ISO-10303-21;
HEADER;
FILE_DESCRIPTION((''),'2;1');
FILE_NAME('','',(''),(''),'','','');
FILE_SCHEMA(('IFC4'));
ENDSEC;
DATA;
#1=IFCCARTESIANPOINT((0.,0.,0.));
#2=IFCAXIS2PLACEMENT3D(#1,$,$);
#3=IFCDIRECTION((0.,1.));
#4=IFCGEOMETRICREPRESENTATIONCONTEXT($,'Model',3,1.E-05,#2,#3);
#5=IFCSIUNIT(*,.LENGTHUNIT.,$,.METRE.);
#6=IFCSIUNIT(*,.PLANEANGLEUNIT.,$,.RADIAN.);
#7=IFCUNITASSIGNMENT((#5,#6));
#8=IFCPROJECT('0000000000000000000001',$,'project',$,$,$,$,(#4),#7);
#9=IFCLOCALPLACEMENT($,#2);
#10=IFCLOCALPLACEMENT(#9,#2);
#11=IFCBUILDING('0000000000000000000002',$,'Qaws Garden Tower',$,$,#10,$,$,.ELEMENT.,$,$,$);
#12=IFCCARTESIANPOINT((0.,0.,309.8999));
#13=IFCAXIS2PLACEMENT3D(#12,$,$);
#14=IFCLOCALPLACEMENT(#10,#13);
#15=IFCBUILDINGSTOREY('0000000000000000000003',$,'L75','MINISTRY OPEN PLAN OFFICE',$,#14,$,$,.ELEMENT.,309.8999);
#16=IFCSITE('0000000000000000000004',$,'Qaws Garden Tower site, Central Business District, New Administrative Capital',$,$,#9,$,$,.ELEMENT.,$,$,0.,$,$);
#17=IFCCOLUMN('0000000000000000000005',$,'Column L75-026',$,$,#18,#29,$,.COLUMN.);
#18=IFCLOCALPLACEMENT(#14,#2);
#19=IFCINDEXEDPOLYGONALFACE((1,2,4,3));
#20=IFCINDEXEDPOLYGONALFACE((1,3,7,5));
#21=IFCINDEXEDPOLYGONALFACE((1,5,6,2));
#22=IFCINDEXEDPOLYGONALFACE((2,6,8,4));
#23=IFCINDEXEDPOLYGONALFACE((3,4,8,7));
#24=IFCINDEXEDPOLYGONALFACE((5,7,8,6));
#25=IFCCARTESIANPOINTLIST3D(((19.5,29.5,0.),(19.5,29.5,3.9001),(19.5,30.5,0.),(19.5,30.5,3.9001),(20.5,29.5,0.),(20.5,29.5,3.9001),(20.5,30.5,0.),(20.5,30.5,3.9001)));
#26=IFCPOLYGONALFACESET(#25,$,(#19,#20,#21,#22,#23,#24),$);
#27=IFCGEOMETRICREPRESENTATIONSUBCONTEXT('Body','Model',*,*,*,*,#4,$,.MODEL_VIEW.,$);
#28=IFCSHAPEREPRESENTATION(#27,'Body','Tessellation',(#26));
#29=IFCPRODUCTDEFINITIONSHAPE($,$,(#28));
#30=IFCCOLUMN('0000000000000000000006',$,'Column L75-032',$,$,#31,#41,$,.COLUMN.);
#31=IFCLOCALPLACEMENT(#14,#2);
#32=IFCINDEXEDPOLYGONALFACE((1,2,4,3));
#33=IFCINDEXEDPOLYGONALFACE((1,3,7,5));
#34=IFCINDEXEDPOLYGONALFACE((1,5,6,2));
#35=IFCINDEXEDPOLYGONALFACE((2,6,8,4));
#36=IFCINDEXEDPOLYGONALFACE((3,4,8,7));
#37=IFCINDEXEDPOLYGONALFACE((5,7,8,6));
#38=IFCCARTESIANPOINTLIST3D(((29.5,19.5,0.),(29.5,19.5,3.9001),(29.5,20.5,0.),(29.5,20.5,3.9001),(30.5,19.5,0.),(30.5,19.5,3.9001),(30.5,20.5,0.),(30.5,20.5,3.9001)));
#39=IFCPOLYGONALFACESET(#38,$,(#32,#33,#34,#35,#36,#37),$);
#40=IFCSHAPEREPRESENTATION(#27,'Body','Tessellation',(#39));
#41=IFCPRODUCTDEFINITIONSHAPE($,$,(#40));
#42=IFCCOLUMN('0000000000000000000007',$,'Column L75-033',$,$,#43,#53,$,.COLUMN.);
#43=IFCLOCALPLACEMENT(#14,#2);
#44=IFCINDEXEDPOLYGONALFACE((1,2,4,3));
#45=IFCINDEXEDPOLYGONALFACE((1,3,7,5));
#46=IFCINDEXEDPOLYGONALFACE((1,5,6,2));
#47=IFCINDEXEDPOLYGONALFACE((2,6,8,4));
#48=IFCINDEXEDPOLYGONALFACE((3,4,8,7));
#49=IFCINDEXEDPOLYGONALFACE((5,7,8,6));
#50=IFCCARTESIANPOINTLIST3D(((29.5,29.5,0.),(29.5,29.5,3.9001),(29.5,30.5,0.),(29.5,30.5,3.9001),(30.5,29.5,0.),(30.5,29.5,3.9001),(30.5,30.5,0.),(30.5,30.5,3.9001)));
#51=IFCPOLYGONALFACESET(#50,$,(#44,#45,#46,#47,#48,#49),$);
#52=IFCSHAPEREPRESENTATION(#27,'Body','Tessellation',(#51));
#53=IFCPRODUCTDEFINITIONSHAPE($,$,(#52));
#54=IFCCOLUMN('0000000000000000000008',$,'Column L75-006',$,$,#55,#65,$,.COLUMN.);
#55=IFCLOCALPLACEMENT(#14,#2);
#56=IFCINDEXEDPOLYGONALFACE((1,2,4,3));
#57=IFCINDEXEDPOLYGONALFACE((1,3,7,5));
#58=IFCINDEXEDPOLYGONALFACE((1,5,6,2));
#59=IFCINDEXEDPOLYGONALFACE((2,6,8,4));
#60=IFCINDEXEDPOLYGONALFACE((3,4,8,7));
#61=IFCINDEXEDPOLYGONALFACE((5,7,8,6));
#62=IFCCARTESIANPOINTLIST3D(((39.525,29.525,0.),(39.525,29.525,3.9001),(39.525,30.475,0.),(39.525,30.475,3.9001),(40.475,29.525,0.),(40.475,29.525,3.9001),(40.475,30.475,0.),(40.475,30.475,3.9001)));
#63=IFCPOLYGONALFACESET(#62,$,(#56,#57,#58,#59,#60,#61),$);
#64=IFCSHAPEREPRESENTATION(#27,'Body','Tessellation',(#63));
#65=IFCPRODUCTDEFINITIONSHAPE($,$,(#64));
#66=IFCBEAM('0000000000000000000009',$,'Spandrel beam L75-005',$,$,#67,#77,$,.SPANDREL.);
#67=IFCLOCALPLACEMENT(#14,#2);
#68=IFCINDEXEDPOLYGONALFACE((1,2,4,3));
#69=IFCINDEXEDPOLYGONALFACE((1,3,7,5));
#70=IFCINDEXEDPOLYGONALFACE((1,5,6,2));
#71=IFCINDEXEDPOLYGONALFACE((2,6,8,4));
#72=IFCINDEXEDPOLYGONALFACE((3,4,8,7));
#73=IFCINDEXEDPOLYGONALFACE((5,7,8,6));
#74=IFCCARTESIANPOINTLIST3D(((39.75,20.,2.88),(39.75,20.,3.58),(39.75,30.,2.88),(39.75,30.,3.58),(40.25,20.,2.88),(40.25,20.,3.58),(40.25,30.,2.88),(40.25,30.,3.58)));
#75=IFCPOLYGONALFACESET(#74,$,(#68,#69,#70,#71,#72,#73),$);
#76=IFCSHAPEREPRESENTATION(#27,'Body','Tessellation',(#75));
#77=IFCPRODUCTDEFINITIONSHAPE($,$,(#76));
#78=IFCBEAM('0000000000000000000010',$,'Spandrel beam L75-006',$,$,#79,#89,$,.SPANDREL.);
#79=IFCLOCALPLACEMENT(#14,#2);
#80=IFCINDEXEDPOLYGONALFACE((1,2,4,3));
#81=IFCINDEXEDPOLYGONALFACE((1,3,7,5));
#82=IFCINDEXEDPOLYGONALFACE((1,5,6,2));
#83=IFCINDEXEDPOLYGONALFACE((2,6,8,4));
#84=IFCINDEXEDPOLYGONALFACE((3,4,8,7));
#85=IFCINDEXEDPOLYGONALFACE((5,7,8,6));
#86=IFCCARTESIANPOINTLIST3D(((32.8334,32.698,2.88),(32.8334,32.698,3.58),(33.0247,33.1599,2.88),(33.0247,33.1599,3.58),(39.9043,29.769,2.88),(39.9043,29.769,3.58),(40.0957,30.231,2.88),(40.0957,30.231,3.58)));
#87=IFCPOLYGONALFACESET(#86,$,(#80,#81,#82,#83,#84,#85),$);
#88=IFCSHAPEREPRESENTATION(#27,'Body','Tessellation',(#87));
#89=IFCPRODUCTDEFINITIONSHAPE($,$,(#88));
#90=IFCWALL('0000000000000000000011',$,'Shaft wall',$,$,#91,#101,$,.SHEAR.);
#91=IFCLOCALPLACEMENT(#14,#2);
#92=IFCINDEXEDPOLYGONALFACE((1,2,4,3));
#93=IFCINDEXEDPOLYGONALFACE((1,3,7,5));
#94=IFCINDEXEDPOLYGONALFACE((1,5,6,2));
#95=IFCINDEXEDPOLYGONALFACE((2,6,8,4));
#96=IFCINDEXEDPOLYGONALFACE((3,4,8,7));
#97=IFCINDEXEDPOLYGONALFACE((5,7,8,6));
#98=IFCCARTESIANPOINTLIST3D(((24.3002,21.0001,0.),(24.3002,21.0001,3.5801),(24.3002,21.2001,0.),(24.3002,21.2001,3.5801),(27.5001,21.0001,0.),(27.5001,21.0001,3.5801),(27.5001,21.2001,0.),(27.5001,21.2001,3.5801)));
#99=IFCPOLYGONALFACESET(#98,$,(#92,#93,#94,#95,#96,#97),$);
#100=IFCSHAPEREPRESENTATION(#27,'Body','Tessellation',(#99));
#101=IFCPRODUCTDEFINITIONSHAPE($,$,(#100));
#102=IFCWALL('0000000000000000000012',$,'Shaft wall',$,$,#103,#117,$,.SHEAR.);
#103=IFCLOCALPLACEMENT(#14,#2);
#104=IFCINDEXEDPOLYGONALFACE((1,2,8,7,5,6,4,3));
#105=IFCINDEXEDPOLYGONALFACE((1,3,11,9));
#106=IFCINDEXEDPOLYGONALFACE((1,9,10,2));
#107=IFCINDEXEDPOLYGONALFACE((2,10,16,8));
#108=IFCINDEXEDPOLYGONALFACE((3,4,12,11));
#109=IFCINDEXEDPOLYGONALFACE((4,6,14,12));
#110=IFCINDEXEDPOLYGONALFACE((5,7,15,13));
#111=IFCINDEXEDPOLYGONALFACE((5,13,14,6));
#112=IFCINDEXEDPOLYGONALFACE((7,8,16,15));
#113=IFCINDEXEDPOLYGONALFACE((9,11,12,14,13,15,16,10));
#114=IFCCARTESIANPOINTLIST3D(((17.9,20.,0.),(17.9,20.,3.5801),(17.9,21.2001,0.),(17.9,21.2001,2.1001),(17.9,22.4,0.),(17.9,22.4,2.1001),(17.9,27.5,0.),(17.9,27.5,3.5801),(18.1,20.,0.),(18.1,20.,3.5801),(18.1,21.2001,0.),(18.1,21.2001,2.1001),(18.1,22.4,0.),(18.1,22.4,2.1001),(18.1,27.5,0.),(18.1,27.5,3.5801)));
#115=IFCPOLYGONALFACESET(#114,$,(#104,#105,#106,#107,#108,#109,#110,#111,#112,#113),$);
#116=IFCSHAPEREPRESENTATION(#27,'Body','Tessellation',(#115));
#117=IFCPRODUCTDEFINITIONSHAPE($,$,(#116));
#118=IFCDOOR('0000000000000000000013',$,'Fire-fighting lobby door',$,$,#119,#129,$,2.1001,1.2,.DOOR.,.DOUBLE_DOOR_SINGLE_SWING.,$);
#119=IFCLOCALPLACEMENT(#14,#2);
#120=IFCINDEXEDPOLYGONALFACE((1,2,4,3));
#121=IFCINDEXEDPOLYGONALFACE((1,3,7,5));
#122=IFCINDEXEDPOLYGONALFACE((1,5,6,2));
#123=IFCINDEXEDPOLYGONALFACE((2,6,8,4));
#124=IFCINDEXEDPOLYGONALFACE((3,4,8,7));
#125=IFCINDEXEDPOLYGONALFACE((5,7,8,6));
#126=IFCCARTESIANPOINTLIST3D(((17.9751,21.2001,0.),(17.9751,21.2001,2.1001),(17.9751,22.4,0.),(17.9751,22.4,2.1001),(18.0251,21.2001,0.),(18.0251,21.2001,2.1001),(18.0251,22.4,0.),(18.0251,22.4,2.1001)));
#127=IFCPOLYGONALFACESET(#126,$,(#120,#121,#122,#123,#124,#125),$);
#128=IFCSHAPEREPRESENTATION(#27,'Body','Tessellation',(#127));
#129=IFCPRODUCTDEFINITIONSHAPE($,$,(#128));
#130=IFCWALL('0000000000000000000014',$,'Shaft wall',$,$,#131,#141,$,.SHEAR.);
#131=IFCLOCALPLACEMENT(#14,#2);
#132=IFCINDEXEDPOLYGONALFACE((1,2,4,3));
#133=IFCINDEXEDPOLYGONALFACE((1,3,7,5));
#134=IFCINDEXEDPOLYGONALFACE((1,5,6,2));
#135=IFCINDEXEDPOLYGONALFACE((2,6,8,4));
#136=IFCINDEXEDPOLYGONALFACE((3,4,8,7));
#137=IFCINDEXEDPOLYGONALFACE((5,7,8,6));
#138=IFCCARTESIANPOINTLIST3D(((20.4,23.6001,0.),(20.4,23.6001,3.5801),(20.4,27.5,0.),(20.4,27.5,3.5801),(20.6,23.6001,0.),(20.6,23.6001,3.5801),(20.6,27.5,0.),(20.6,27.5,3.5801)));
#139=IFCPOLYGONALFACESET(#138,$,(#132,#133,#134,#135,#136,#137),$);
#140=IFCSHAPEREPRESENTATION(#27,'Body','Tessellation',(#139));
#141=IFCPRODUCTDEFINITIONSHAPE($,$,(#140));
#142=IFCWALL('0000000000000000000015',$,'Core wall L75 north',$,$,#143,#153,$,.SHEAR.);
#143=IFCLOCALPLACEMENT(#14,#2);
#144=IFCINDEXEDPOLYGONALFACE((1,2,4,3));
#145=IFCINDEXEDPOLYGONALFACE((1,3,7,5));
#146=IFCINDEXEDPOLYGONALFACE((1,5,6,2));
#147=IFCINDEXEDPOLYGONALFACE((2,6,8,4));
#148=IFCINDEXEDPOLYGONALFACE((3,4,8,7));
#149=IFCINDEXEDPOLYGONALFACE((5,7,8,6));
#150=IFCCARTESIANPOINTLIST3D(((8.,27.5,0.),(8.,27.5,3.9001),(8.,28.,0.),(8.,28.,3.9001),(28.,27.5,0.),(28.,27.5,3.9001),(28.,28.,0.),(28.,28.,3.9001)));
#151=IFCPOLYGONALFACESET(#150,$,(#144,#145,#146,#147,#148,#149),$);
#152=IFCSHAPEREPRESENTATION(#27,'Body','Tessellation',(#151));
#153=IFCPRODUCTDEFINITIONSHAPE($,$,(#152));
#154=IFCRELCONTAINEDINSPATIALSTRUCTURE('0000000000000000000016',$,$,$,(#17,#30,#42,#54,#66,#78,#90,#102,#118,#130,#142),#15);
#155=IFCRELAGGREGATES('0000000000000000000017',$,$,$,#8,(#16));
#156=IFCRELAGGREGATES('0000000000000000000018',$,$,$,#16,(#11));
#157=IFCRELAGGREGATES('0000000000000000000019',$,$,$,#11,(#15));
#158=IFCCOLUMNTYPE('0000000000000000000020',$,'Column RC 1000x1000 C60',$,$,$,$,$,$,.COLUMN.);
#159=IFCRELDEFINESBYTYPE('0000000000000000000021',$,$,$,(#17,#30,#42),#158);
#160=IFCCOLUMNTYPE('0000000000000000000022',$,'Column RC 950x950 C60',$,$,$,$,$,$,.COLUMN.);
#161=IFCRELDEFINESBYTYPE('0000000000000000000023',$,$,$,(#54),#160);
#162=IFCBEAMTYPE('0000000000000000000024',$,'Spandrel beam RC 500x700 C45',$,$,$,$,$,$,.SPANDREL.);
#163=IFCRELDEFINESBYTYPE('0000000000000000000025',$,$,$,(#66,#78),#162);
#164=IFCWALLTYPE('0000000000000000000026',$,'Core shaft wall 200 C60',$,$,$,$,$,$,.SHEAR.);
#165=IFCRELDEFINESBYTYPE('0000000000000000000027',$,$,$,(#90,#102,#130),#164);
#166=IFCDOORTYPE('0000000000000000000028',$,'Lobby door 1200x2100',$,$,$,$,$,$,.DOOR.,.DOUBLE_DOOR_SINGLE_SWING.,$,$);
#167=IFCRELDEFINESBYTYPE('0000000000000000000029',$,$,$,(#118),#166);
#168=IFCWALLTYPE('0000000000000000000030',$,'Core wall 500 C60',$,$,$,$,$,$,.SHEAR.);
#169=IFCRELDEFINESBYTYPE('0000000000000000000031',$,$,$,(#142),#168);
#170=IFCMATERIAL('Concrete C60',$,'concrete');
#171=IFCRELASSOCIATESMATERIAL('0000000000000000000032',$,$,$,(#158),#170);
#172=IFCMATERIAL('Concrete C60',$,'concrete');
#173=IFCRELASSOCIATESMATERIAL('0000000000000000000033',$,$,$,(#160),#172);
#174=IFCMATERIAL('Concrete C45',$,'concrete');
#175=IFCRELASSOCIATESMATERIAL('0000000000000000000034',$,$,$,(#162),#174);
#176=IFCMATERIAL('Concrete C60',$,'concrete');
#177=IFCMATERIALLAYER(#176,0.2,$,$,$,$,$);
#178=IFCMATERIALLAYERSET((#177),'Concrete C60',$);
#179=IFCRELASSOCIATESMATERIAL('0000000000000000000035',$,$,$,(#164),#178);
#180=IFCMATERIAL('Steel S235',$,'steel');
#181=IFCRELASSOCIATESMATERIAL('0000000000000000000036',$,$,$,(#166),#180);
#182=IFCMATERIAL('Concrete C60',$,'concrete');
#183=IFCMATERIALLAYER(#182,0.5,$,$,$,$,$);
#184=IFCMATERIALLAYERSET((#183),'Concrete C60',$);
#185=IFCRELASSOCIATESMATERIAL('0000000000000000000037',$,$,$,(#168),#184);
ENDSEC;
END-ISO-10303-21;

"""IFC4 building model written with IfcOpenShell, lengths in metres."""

from ifc_helpers import new_model, si_unit, direction, frame, frame_2d, origin, origin_2d, place, context, subcontext, project, spatial, rectangle, extrude, material, layer, layer_set, material_profile, profile_set, type_object, element, fill, save


model = new_model("IFC4")

# Units and contexts
model_context = context("Model", 3, precision=1e-05, world=origin(), true_north=direction((0.0, 1.0)))
body_context = subcontext(model_context, "Body", "Model", "MODEL_VIEW")
ifc_project = project(units=[si_unit("LENGTHUNIT", "METRE"), si_unit("PLANEANGLEUNIT", "RADIAN")], contexts=[model_context])

# Site, building, storey
site_placement = place(None, origin())
site = spatial("IfcSite", under=ifc_project, at=site_placement, Name="Qaws Garden Tower site, Central Business District, New Administrative Capital", CompositionType="ELEMENT", RefElevation=0.0)
building_placement = place(site_placement, origin())
building = spatial("IfcBuilding", under=site, at=building_placement, Name="Qaws Garden Tower", CompositionType="ELEMENT")
storey_placement = place(building_placement, frame((0.0, 0.0, 309.8999)))
storey = spatial("IfcBuildingStorey", under=building, at=storey_placement, Name="L75", Description="MINISTRY OPEN PLAN OFFICE", CompositionType="ELEMENT", Elevation=309.8999)

# Columns
ifc_material_1 = material(Name="Concrete C60", Category="concrete")
ifc_material_profile_1 = material_profile(ifc_material_1, rectangle(XDim=1.0, YDim=1.0, at=origin_2d()), Name="RC 1000x1000")
ifc_profile_set_1 = profile_set([ifc_material_profile_1], Name="Concrete C60")
column_type_1 = type_object("IfcColumnType", Name="Column RC 1000x1000 C60", PredefinedType="COLUMN", material=ifc_profile_set_1)
for number, where, z_axis, x_axis, name in (
    (1, (20.0, 30.0, 0.0), (0.0, 0.0, 1.0), (1.0, 0.0, 0.0), "Column L75-026"),
    (2, (30.0, 20.0, 0.0), (0.0, 0.0, 1.0), (1.0, 0.0, 0.0), "Column L75-032"),
    (3, (30.0, 30.0, 0.0), (0.0, 0.0, 1.0), (1.0, 0.0, 0.0), "Column L75-033"),
):
    element("IfcColumn", number, at=place(storey_placement, frame(where, z_axis=z_axis, x_axis=x_axis)), inside=storey, type_object=column_type_1, Name=name, PredefinedType="COLUMN", context=body_context, shape_type="SweptSolid", body=[
        extrude(rectangle(XDim=1.0, YDim=1.0, at=origin_2d()), origin(), (0.0, 0.0, 1.0), 3.9001),
    ])
ifc_material_2 = material(Name="Concrete C60", Category="concrete")
ifc_material_profile_2 = material_profile(ifc_material_2, rectangle(XDim=0.95, YDim=0.95, at=origin_2d()), Name="RC 950x950")
ifc_profile_set_2 = profile_set([ifc_material_profile_2], Name="Concrete C60")
column_type_2 = type_object("IfcColumnType", Name="Column RC 950x950 C60", PredefinedType="COLUMN", material=ifc_profile_set_2)
column_placement = place(storey_placement, frame((40.0, 30.0, 0.0), z_axis=(0.0, 0.0, 1.0), x_axis=(1.0, 0.0, 0.0)))
element("IfcColumn", 4, at=column_placement, inside=storey, type_object=column_type_2, Name="Column L75-006", PredefinedType="COLUMN", context=body_context, shape_type="SweptSolid", body=[
    extrude(rectangle(XDim=0.95, YDim=0.95, at=origin_2d()), origin(), (0.0, 0.0, 1.0), 3.9001),
])

# Beams
ifc_material_3 = material(Name="Concrete C45", Category="concrete")
ifc_material_profile_3 = material_profile(ifc_material_3, rectangle(XDim=0.5, YDim=0.7, at=origin_2d()), Name="RC 500x700")
ifc_profile_set_3 = profile_set([ifc_material_profile_3], Name="Concrete C45")
beam_type = type_object("IfcBeamType", Name="Spandrel beam RC 500x700 C45", PredefinedType="SPANDREL", material=ifc_profile_set_3)
beam_1_placement = place(storey_placement, frame((40.0, 20.0, 3.23), z_axis=(0.0, 1.0, 0.0), x_axis=(-1.0, 0.0, 0.0)))
element("IfcBeam", 5, at=beam_1_placement, inside=storey, type_object=beam_type, Name="Spandrel beam L75-005", PredefinedType="SPANDREL", context=body_context, shape_type="SweptSolid", body=[
    extrude(rectangle(XDim=0.5, YDim=0.7, at=origin_2d()), origin(), (0.0, 0.0, 1.0), 10.0),
])
beam_2_placement = place(storey_placement, frame((40.0, 30.0, 3.23), z_axis=(-0.923878, 0.382687, 0.0), x_axis=(-0.382687, -0.923878, 0.0)))
element("IfcBeam", 6, at=beam_2_placement, inside=storey, type_object=beam_type, Name="Spandrel beam L75-006", PredefinedType="SPANDREL", context=body_context, shape_type="SweptSolid", body=[
    extrude(rectangle(XDim=0.5, YDim=0.7, at=origin_2d()), origin(), (0.0, 0.0, 1.0), 7.6536),
])

# Wall
ifc_material_4 = material(Name="Concrete C60", Category="concrete")
ifc_layer_1 = layer(ifc_material_4, 0.2)
ifc_layer_set_1 = layer_set([ifc_layer_1], Name="Concrete C60")
wall_type_1 = type_object("IfcWallType", Name="Core shaft wall 200 C60", PredefinedType="SHEAR", material=ifc_layer_set_1)
wall_1_placement = place(storey_placement, frame((24.3, 21.1001, 0.0), z_axis=(0.0, 0.0, 1.0), x_axis=(1.0, 0.0, 0.0)))
element("IfcWall", 7, at=wall_1_placement, inside=storey, type_object=wall_type_1, Name="Shaft wall", PredefinedType="SHEAR", context=body_context, shape_type="SweptSolid", body=[
    extrude(rectangle(XDim=3.2, YDim=0.2, at=frame_2d((1.6001, 0.0))), origin(), (0.0, 0.0, 1.0), 3.5801),
])

# Wall, opening, door
wall_2_placement = place(storey_placement, frame((18.0, 20.0, 0.0), z_axis=(0.0, 0.0, 1.0), x_axis=(0.0, 1.0, 0.0)))
wall_2 = element("IfcWall", 8, at=wall_2_placement, inside=storey, type_object=wall_type_1, Name="Shaft wall", PredefinedType="SHEAR", context=body_context, shape_type="SweptSolid", body=[
    extrude(rectangle(XDim=7.5, YDim=0.2, at=frame_2d((3.75, 0.0))), origin(), (0.0, 0.0, 1.0), 3.5801),
])
opening_1_placement = place(wall_2_placement, frame((1.2, 0.0, 0.0)))
opening_1 = element("IfcOpeningElement", 9, at=opening_1_placement, cuts=wall_2, PredefinedType="OPENING", context=body_context, shape_type="SweptSolid", body=[
    extrude(rectangle(XDim=1.2, YDim=2.1001, at=frame_2d((0.6001, 1.05))), frame((0.0, 0.1099, 0.0), z_axis=(0.0, -1.0, 0.0), x_axis=(1.0, 0.0, 0.0)), (0.0, 0.0, 1.0), 0.22),
])
ifc_material_5 = material(Name="Steel S235", Category="steel")
door_type_1 = type_object("IfcDoorType", Name="Lobby door 1200x2100", OperationType="DOUBLE_DOOR_SINGLE_SWING", PredefinedType="DOOR", material=ifc_material_5)
door_1_placement = place(opening_1_placement, origin())
door_1 = element("IfcDoor", 10, at=door_1_placement, inside=storey, type_object=door_type_1, Name="Fire-fighting lobby door", OperationType="DOUBLE_DOOR_SINGLE_SWING", OverallHeight=2.1001, OverallWidth=1.2, PredefinedType="DOOR", context=body_context, shape_type="SweptSolid", body=[
    extrude(rectangle(XDim=1.2, YDim=2.1001, at=frame_2d((0.6001, 1.05))), frame((0.0, 0.0249, 0.0), z_axis=(0.0, -1.0, 0.0), x_axis=(1.0, 0.0, 0.0)), (0.0, 0.0, 1.0), 0.05),
])
fill(opening_1, door_1)

# Walls
wall_3_placement = place(storey_placement, frame((20.5, 23.6001, 0.0), z_axis=(0.0, 0.0, 1.0), x_axis=(0.0, 1.0, 0.0)))
element("IfcWall", 11, at=wall_3_placement, inside=storey, type_object=wall_type_1, Name="Shaft wall", PredefinedType="SHEAR", context=body_context, shape_type="SweptSolid", body=[
    extrude(rectangle(XDim=3.8999, YDim=0.2, at=frame_2d((1.95, 0.0))), origin(), (0.0, 0.0, 1.0), 3.5801),
])
ifc_material_6 = material(Name="Concrete C60", Category="concrete")
ifc_layer_2 = layer(ifc_material_6, 0.5)
ifc_layer_set_2 = layer_set([ifc_layer_2], Name="Concrete C60")
wall_type_2 = type_object("IfcWallType", Name="Core wall 500 C60", PredefinedType="SHEAR", material=ifc_layer_set_2)
wall_4_placement = place(storey_placement, frame((28.0, 27.75, 0.0), z_axis=(0.0, 0.0, 1.0), x_axis=(-1.0, 0.0, 0.0)))
element("IfcWall", 12, at=wall_4_placement, inside=storey, type_object=wall_type_2, Name="Core wall L75 north", PredefinedType="SHEAR", context=body_context, shape_type="SweptSolid", body=[
    extrude(rectangle(XDim=20.0, YDim=0.5, at=frame_2d((10.0, 0.0))), origin(), (0.0, 0.0, 1.0), 3.9001),
])

save(model, "model.ifc")
